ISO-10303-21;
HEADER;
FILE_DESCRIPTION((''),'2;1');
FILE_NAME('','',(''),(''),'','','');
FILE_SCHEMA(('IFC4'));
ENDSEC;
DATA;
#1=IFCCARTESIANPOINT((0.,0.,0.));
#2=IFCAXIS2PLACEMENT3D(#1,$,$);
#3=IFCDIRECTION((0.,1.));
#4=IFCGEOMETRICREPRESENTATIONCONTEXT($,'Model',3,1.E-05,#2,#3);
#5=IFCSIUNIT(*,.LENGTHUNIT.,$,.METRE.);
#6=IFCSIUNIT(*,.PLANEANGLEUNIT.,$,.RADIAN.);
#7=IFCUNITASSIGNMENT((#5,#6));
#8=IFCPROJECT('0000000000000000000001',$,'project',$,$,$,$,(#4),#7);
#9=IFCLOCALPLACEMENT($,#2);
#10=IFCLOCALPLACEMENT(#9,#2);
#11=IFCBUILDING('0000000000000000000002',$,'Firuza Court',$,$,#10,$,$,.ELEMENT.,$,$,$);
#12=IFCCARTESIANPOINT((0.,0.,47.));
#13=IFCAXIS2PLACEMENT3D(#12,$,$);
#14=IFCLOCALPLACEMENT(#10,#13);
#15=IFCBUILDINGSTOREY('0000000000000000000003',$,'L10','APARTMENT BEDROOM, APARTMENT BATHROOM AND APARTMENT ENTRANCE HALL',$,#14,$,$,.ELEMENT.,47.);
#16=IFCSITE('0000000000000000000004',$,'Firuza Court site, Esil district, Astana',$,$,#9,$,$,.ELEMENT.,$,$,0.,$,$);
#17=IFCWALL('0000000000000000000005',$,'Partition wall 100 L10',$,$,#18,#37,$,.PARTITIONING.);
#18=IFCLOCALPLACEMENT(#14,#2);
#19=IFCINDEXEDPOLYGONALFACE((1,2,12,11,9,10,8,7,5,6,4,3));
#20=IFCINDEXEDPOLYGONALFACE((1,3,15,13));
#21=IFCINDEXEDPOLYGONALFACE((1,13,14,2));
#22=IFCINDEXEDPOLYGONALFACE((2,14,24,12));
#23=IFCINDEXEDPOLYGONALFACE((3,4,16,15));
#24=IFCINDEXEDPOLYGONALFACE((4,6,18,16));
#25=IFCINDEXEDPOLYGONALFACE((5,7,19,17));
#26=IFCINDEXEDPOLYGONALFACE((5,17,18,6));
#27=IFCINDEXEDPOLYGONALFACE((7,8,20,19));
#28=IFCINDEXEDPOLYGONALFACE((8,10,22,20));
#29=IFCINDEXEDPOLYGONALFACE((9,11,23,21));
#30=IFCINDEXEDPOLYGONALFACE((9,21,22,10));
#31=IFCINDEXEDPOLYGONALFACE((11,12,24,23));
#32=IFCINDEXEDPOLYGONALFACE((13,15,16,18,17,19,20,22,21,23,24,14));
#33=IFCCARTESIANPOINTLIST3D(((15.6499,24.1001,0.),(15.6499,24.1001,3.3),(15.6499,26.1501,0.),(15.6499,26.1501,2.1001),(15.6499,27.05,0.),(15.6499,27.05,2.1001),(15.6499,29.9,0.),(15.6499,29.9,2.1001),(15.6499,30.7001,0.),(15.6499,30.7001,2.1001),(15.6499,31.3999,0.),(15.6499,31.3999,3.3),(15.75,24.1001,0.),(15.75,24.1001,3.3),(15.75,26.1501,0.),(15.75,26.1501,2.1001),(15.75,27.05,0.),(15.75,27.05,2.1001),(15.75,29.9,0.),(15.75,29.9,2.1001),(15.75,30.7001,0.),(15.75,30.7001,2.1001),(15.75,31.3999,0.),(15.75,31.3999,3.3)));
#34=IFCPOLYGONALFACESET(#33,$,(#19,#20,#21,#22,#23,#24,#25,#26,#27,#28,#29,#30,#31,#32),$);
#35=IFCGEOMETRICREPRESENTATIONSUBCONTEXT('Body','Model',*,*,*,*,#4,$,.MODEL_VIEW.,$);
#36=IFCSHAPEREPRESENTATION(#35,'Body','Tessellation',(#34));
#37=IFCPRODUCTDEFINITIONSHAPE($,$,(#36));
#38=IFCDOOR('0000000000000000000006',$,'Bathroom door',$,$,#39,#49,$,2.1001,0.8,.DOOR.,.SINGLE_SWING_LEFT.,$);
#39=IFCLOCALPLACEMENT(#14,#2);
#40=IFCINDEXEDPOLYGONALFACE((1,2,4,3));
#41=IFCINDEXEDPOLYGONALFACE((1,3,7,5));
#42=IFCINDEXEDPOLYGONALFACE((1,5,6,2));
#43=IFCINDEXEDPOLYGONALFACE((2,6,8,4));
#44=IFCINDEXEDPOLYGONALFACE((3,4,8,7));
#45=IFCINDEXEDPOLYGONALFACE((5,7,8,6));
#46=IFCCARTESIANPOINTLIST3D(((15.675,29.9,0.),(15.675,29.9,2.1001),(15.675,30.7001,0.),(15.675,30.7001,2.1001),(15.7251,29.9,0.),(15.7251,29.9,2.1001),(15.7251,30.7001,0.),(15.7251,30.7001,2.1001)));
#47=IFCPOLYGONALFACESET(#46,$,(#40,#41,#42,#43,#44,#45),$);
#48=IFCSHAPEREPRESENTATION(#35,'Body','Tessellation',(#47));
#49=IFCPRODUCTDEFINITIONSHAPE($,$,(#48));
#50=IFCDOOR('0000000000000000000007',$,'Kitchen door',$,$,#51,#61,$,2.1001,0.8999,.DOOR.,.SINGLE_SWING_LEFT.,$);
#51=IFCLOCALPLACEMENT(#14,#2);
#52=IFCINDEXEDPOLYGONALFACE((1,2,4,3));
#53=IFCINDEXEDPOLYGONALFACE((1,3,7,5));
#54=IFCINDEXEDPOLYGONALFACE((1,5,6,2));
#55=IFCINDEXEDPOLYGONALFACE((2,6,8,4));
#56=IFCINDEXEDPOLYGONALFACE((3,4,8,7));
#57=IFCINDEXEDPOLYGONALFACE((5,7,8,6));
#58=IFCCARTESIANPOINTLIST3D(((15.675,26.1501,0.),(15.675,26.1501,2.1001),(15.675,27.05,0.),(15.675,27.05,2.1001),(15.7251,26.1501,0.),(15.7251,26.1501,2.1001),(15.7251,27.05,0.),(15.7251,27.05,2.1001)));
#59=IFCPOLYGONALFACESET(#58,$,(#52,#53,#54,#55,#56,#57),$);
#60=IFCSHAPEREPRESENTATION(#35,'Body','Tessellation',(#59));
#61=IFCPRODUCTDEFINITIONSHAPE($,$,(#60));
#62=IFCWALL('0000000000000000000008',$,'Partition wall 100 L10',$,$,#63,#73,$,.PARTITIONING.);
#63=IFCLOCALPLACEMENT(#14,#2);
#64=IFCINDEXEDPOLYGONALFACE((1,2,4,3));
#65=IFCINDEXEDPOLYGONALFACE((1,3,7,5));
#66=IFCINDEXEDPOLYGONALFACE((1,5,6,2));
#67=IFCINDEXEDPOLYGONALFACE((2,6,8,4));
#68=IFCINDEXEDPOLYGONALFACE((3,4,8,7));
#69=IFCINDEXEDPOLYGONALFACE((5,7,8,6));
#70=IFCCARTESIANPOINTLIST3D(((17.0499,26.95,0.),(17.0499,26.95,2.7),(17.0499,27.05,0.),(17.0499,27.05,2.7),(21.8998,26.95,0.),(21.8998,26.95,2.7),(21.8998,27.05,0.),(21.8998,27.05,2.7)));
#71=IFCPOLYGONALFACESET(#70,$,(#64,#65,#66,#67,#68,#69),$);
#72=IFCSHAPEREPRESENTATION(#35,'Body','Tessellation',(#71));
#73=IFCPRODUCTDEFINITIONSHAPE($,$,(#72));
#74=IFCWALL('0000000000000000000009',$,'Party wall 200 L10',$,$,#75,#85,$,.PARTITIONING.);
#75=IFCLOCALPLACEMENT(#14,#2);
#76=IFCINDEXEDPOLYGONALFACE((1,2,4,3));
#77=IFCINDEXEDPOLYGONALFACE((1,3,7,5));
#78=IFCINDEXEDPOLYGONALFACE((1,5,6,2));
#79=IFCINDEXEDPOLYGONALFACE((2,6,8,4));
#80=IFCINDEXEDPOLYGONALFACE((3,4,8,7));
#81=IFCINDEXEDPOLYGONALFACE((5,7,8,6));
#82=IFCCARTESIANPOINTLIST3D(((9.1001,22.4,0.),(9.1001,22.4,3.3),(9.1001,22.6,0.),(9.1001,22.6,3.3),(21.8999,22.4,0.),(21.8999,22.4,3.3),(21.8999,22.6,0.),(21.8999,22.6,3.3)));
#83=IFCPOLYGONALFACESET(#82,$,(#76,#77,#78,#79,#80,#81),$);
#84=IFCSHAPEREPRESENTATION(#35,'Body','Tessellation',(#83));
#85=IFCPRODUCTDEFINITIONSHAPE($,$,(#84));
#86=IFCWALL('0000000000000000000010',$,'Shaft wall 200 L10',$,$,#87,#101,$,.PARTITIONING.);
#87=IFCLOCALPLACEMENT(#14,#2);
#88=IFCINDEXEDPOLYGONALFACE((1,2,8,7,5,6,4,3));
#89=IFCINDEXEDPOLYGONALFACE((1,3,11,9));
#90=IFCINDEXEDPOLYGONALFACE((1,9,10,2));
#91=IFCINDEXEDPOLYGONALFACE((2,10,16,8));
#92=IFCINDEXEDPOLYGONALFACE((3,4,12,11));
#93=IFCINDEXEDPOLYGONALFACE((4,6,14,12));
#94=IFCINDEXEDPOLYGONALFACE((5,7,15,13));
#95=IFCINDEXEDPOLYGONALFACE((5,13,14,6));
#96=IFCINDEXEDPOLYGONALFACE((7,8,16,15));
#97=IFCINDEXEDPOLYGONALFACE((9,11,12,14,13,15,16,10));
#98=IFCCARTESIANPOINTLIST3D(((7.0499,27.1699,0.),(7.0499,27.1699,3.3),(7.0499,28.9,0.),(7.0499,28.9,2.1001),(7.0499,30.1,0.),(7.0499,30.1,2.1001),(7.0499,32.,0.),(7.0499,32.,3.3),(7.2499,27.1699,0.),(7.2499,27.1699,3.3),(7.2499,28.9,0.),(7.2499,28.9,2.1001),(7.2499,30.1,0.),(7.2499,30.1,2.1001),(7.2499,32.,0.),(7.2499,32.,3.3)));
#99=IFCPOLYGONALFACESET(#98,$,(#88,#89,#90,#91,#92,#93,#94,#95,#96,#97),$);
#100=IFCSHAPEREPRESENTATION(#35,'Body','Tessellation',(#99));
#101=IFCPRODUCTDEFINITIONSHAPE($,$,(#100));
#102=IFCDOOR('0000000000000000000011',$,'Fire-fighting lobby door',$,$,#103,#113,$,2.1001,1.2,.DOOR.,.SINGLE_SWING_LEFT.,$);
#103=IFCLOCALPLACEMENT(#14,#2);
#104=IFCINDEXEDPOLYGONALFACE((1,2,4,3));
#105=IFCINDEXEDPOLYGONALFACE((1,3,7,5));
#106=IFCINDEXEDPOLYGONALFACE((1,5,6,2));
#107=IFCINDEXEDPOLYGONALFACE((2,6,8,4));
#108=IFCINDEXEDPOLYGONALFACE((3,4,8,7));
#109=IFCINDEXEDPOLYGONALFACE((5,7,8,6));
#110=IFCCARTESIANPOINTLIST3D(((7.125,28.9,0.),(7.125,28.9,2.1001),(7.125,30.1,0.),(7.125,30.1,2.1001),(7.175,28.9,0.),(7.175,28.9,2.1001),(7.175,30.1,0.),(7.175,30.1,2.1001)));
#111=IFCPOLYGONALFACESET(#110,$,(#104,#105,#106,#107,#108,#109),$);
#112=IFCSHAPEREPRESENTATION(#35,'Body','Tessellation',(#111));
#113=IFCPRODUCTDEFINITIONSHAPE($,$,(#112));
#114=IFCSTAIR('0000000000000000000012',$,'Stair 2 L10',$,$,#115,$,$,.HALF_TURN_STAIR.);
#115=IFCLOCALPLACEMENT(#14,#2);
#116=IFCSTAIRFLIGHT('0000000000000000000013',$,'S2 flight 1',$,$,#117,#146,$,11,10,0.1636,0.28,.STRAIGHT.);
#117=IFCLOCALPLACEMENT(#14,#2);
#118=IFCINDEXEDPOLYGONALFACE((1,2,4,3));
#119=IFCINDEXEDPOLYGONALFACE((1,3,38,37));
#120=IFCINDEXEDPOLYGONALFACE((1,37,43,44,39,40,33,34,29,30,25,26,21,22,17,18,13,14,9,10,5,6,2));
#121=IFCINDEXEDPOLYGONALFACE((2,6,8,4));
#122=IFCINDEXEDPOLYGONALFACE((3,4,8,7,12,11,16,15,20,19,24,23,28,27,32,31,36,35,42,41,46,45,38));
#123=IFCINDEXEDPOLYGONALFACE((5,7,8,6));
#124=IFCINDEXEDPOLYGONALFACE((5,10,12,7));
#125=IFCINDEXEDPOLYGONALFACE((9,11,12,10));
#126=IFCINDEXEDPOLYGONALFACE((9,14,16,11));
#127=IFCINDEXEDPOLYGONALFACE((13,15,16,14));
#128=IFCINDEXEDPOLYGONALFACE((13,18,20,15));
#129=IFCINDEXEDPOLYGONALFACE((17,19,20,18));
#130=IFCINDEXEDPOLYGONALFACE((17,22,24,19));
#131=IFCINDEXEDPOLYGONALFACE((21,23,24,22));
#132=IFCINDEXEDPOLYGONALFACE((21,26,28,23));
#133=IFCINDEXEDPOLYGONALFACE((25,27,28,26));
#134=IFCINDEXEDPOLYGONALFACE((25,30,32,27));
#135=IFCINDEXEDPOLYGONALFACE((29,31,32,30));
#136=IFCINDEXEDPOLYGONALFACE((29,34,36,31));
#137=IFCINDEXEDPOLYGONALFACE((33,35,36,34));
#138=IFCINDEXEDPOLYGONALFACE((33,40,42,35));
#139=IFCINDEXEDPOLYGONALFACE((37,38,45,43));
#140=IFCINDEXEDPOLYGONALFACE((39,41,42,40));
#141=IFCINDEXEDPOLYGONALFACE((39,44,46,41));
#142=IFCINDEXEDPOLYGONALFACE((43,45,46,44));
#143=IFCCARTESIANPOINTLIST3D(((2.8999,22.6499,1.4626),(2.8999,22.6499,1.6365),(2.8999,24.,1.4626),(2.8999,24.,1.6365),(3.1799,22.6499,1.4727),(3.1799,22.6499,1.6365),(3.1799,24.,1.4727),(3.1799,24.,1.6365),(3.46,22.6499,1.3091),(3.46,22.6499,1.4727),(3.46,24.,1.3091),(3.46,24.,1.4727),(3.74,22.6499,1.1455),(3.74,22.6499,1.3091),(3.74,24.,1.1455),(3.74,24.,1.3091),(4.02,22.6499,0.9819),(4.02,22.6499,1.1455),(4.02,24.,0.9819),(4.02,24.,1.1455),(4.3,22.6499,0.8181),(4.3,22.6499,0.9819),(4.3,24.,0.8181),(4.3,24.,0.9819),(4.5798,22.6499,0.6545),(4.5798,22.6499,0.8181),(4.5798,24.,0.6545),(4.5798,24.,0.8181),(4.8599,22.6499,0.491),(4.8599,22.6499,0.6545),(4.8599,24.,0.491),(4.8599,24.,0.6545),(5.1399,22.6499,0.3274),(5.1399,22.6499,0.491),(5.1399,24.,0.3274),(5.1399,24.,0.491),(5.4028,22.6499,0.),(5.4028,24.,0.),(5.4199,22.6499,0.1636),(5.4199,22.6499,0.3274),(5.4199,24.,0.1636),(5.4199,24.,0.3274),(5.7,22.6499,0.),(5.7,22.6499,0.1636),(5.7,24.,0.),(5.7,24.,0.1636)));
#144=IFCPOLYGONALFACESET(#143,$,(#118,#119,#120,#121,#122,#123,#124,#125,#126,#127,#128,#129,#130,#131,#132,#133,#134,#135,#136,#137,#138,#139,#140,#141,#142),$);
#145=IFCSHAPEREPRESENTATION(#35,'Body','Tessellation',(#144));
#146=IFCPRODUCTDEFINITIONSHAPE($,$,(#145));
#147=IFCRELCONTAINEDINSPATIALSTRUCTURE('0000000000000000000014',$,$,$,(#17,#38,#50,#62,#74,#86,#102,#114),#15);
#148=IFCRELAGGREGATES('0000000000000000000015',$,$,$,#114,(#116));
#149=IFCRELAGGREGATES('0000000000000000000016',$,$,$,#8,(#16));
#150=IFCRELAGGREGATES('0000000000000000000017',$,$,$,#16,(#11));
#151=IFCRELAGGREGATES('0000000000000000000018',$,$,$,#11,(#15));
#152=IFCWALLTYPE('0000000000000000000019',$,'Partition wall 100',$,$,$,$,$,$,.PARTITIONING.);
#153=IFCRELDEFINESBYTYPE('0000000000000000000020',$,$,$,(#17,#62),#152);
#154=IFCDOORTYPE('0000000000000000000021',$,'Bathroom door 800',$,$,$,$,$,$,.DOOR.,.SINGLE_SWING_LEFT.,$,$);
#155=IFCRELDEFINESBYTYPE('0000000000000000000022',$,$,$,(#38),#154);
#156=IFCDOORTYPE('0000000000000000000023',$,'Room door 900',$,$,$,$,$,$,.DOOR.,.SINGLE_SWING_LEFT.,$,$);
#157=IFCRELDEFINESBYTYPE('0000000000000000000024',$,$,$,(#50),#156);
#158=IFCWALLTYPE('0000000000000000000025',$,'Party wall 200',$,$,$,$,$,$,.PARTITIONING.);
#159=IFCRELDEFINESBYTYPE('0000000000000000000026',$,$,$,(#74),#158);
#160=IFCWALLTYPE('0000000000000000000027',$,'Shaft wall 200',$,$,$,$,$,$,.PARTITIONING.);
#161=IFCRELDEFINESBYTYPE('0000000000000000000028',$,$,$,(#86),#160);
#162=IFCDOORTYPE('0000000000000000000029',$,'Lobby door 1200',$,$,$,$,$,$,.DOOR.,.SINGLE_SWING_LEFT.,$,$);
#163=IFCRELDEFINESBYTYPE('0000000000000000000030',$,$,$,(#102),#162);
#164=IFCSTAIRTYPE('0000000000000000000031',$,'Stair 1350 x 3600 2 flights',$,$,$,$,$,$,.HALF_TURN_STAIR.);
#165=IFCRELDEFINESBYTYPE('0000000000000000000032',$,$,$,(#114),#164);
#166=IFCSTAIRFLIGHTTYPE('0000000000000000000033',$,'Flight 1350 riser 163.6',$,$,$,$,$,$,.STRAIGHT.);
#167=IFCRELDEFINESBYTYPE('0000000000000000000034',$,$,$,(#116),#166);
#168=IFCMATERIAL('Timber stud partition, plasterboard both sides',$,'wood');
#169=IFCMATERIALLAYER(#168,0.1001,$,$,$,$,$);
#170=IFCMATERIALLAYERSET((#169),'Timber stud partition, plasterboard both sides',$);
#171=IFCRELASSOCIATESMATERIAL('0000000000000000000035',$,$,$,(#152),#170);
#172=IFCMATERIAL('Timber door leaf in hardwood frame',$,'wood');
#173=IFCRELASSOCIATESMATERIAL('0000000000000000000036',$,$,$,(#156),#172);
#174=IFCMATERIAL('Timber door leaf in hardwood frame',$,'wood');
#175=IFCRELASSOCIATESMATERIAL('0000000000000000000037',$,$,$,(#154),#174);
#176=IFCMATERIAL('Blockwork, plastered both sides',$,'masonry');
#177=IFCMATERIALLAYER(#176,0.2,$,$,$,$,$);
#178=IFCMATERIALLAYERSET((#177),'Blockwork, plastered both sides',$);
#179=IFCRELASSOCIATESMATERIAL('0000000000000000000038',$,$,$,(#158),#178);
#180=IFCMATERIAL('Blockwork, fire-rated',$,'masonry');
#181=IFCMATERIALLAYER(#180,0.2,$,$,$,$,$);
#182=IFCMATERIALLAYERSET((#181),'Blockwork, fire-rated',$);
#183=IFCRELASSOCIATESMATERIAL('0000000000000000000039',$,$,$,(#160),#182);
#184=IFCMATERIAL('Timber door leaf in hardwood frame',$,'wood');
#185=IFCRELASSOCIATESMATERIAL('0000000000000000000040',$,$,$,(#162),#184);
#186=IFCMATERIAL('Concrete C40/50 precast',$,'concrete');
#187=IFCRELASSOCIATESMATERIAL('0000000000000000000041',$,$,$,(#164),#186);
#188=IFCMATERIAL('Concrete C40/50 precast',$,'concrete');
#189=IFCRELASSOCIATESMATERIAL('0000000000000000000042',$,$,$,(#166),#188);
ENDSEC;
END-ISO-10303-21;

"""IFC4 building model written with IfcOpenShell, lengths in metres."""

from ifc_helpers import new_model, si_unit, direction, frame, frame_2d, origin, place, context, subcontext, project, spatial, polyline, rectangle, outline, extrude, material, layer, layer_set, type_object, element, fill, aggregate, save


model = new_model("IFC4")

# Units and contexts
model_context = context("Model", 3, precision=1e-05, world=origin(), true_north=direction((0.0, 1.0)))
body_context = subcontext(model_context, "Body", "Model", "MODEL_VIEW")
ifc_project = project(units=[si_unit("LENGTHUNIT", "METRE"), si_unit("PLANEANGLEUNIT", "RADIAN")], contexts=[model_context])

# Site, building, storey
site_placement = place(None, origin())
site = spatial("IfcSite", under=ifc_project, at=site_placement, Name="Firuza Court site, Esil district, Astana", CompositionType="ELEMENT", RefElevation=0.0)
building_placement = place(site_placement, origin())
building = spatial("IfcBuilding", under=site, at=building_placement, Name="Firuza Court", CompositionType="ELEMENT")
storey_placement = place(building_placement, frame((0.0, 0.0, 47.0)))
storey = spatial("IfcBuildingStorey", under=building, at=storey_placement, Name="L10", Description="APARTMENT BEDROOM, APARTMENT BATHROOM AND APARTMENT ENTRANCE HALL", CompositionType="ELEMENT", Elevation=47.0)

# Shared definitions
ifc_material_1 = material(Name="Timber stud partition, plasterboard both sides", Category="wood")
ifc_layer_1 = layer(ifc_material_1, 0.1001)
ifc_layer_set_1 = layer_set([ifc_layer_1], Name="Timber stud partition, plasterboard both sides")
wall_type_1 = type_object("IfcWallType", Name="Partition wall 100", PredefinedType="PARTITIONING", material=ifc_layer_set_1)
ifc_material_2 = material(Name="Timber door leaf in hardwood frame", Category="wood")
door_type_1 = type_object("IfcDoorType", Name="Room door 900", OperationType="SINGLE_SWING_LEFT", PredefinedType="DOOR", material=ifc_material_2)

# Wall, openings, doors
wall_1_placement = place(storey_placement, frame((15.7, 24.1001, 0.0), z_axis=(0.0, 0.0, 1.0), x_axis=(0.0, 1.0, 0.0)))
wall_1 = element("IfcWall", 1, at=wall_1_placement, inside=storey, type_object=wall_type_1, Name="Partition wall 100 L10", PredefinedType="PARTITIONING", context=body_context, shape_type="SweptSolid", body=[
    extrude(rectangle(XDim=7.2998, YDim=0.1001, at=frame_2d((3.6499, 0.0))), origin(), (0.0, 0.0, 1.0), 3.3),
])
opening_1_placement = place(wall_1_placement, frame((5.8, 0.0, 0.0)))
opening_1 = element("IfcOpeningElement", 2, at=opening_1_placement, cuts=wall_1, PredefinedType="OPENING", context=body_context, shape_type="SweptSolid", body=[
    extrude(rectangle(XDim=0.8, YDim=2.1001, at=frame_2d((0.3999, 1.05))), frame((0.0, 0.062, 0.0), z_axis=(0.0, -1.0, 0.0), x_axis=(1.0, 0.0, 0.0)), (0.0, 0.0, 1.0), 0.124),
])
opening_2_placement = place(wall_1_placement, frame((2.05, 0.0, 0.0)))
opening_2 = element("IfcOpeningElement", 3, at=opening_2_placement, cuts=wall_1, PredefinedType="OPENING", context=body_context, shape_type="SweptSolid", body=[
    extrude(rectangle(XDim=0.8999, YDim=2.1001, at=frame_2d((0.45, 1.05))), frame((0.0, 0.062, 0.0), z_axis=(0.0, -1.0, 0.0), x_axis=(1.0, 0.0, 0.0)), (0.0, 0.0, 1.0), 0.124),
])
ifc_material_3 = material(Name="Timber door leaf in hardwood frame", Category="wood")
door_type_2 = type_object("IfcDoorType", Name="Bathroom door 800", OperationType="SINGLE_SWING_LEFT", PredefinedType="DOOR", material=ifc_material_3)
door_1_placement = place(opening_1_placement, origin())
door_1 = element("IfcDoor", 4, at=door_1_placement, inside=storey, type_object=door_type_2, Name="Bathroom door", OperationType="SINGLE_SWING_LEFT", OverallHeight=2.1001, OverallWidth=0.8, PredefinedType="DOOR", context=body_context, shape_type="SweptSolid", body=[
    extrude(rectangle(XDim=0.8, YDim=2.1001, at=frame_2d((0.3999, 1.05))), frame((0.0, 0.0249, 0.0), z_axis=(0.0, -1.0, 0.0), x_axis=(1.0, 0.0, 0.0)), (0.0, 0.0, 1.0), 0.05),
])
fill(opening_1, door_1)
door_2_placement = place(opening_2_placement, origin())
door_2 = element("IfcDoor", 5, at=door_2_placement, inside=storey, type_object=door_type_1, Name="Kitchen door", OperationType="SINGLE_SWING_LEFT", OverallHeight=2.1001, OverallWidth=0.8999, PredefinedType="DOOR", context=body_context, shape_type="SweptSolid", body=[
    extrude(rectangle(XDim=0.8999, YDim=2.1001, at=frame_2d((0.45, 1.05))), frame((0.0, 0.0249, 0.0), z_axis=(0.0, -1.0, 0.0), x_axis=(1.0, 0.0, 0.0)), (0.0, 0.0, 1.0), 0.05),
])
fill(opening_2, door_2)

# Walls
wall_2_placement = place(storey_placement, frame((17.05, 27.0, 0.0), z_axis=(0.0, 0.0, 1.0), x_axis=(1.0, 0.0, 0.0)))
element("IfcWall", 6, at=wall_2_placement, inside=storey, type_object=wall_type_1, Name="Partition wall 100 L10", PredefinedType="PARTITIONING", context=body_context, shape_type="SweptSolid", body=[
    extrude(rectangle(XDim=4.8499, YDim=0.1001, at=frame_2d((2.4248, 0.0))), origin(), (0.0, 0.0, 1.0), 2.7),
])
ifc_material_4 = material(Name="Blockwork, plastered both sides", Category="masonry")
ifc_layer_2 = layer(ifc_material_4, 0.2)
ifc_layer_set_2 = layer_set([ifc_layer_2], Name="Blockwork, plastered both sides")
wall_type_2 = type_object("IfcWallType", Name="Party wall 200", PredefinedType="PARTITIONING", material=ifc_layer_set_2)
wall_3_placement = place(storey_placement, frame((9.1001, 22.5, 0.0), z_axis=(0.0, 0.0, 1.0), x_axis=(1.0, 0.0, 0.0)))
element("IfcWall", 7, at=wall_3_placement, inside=storey, type_object=wall_type_2, Name="Party wall 200 L10", PredefinedType="PARTITIONING", context=body_context, shape_type="SweptSolid", body=[
    extrude(rectangle(XDim=12.7998, YDim=0.2, at=frame_2d((6.3999, 0.0))), origin(), (0.0, 0.0, 1.0), 3.3),
])

# Wall, opening, door
ifc_material_5 = material(Name="Blockwork, fire-rated", Category="masonry")
ifc_layer_3 = layer(ifc_material_5, 0.2)
ifc_layer_set_3 = layer_set([ifc_layer_3], Name="Blockwork, fire-rated")
wall_type_3 = type_object("IfcWallType", Name="Shaft wall 200", PredefinedType="PARTITIONING", material=ifc_layer_set_3)
wall_4_placement = place(storey_placement, frame((7.1499, 27.1699, 0.0), z_axis=(0.0, 0.0, 1.0), x_axis=(0.0, 1.0, 0.0)))
wall_4 = element("IfcWall", 8, at=wall_4_placement, inside=storey, type_object=wall_type_3, Name="Shaft wall 200 L10", PredefinedType="PARTITIONING", context=body_context, shape_type="SweptSolid", body=[
    extrude(rectangle(XDim=4.8301, YDim=0.2, at=frame_2d((2.415, 0.0))), origin(), (0.0, 0.0, 1.0), 3.3),
])
opening_3_placement = place(wall_4_placement, frame((1.73, 0.0, 0.0)))
opening_3 = element("IfcOpeningElement", 9, at=opening_3_placement, cuts=wall_4, PredefinedType="OPENING", context=body_context, shape_type="SweptSolid", body=[
    extrude(rectangle(XDim=1.2, YDim=2.1001, at=frame_2d((0.6001, 1.05))), frame((0.0, 0.1118, 0.0), z_axis=(0.0, -1.0, 0.0), x_axis=(1.0, 0.0, 0.0)), (0.0, 0.0, 1.0), 0.2239),
])
ifc_material_6 = material(Name="Timber door leaf in hardwood frame", Category="wood")
door_type_3 = type_object("IfcDoorType", Name="Lobby door 1200", OperationType="SINGLE_SWING_LEFT", PredefinedType="DOOR", material=ifc_material_6)
door_3_placement = place(opening_3_placement, origin())
door_3 = element("IfcDoor", 10, at=door_3_placement, inside=storey, type_object=door_type_3, Name="Fire-fighting lobby door", OperationType="SINGLE_SWING_LEFT", OverallHeight=2.1001, OverallWidth=1.2, PredefinedType="DOOR", context=body_context, shape_type="SweptSolid", body=[
    extrude(rectangle(XDim=1.2, YDim=2.1001, at=frame_2d((0.6001, 1.05))), frame((0.0, 0.0249, 0.0), z_axis=(0.0, -1.0, 0.0), x_axis=(1.0, 0.0, 0.0)), (0.0, 0.0, 1.0), 0.05),
])
fill(opening_3, door_3)

# Stair, stair flight
ifc_material_7 = material(Name="Concrete C40/50 precast", Category="concrete")
stair_type = type_object("IfcStairType", Name="Stair 1350 x 3600 2 flights", PredefinedType="HALF_TURN_STAIR", material=ifc_material_7)
stair_placement = place(storey_placement, origin())
stair = element("IfcStair", 11, at=stair_placement, inside=storey, type_object=stair_type, Name="Stair 2 L10", PredefinedType="HALF_TURN_STAIR")
ifc_material_8 = material(Name="Concrete C40/50 precast", Category="concrete")
stair_flight_type = type_object("IfcStairFlightType", Name="Flight 1350 riser 163.6", PredefinedType="STRAIGHT", material=ifc_material_8)
stair_flight_placement = place(storey_placement, frame((5.7, 23.325, 0.0), z_axis=(0.0, 0.0, 1.0), x_axis=(-1.0, 0.0, 0.0)))
stair_flight = element("IfcStairFlight", 12, at=stair_flight_placement, type_object=stair_flight_type, Name="S2 flight 1", NumberOfRisers=11, NumberOfTreads=10, PredefinedType="STRAIGHT", RiserHeight=0.1636, TreadLength=0.28, context=body_context, shape_type="SweptSolid", body=[
    extrude(outline(polyline([(0.0, 0.0), (0.0, 0.1636), (0.28, 0.1636), (0.28, 0.3274), (0.5601, 0.3274), (0.5601, 0.491), (0.8401, 0.491), (0.8401, 0.6545), (1.1201, 0.6545), (1.1201, 0.8181), (1.3999, 0.8181), (1.3999, 0.9819), (1.6799, 0.9819), (1.6799, 1.1455), (1.96, 1.1455), (1.96, 1.3091), (2.24, 1.3091), (2.24, 1.4727), (2.52, 1.4727), (2.52, 1.6365), (2.8, 1.6365), (2.8, 1.8), (2.8, 1.4626), (0.2971, 0.0), (0.0, 0.0)])), frame((0.0, 0.675, 0.0), z_axis=(0.0, -1.0, 0.0), x_axis=(1.0, 0.0, 0.0)), (0.0, 0.0, 1.0), 1.3501),
])
aggregate(stair, [stair_flight])

save(model, "model.ifc")
